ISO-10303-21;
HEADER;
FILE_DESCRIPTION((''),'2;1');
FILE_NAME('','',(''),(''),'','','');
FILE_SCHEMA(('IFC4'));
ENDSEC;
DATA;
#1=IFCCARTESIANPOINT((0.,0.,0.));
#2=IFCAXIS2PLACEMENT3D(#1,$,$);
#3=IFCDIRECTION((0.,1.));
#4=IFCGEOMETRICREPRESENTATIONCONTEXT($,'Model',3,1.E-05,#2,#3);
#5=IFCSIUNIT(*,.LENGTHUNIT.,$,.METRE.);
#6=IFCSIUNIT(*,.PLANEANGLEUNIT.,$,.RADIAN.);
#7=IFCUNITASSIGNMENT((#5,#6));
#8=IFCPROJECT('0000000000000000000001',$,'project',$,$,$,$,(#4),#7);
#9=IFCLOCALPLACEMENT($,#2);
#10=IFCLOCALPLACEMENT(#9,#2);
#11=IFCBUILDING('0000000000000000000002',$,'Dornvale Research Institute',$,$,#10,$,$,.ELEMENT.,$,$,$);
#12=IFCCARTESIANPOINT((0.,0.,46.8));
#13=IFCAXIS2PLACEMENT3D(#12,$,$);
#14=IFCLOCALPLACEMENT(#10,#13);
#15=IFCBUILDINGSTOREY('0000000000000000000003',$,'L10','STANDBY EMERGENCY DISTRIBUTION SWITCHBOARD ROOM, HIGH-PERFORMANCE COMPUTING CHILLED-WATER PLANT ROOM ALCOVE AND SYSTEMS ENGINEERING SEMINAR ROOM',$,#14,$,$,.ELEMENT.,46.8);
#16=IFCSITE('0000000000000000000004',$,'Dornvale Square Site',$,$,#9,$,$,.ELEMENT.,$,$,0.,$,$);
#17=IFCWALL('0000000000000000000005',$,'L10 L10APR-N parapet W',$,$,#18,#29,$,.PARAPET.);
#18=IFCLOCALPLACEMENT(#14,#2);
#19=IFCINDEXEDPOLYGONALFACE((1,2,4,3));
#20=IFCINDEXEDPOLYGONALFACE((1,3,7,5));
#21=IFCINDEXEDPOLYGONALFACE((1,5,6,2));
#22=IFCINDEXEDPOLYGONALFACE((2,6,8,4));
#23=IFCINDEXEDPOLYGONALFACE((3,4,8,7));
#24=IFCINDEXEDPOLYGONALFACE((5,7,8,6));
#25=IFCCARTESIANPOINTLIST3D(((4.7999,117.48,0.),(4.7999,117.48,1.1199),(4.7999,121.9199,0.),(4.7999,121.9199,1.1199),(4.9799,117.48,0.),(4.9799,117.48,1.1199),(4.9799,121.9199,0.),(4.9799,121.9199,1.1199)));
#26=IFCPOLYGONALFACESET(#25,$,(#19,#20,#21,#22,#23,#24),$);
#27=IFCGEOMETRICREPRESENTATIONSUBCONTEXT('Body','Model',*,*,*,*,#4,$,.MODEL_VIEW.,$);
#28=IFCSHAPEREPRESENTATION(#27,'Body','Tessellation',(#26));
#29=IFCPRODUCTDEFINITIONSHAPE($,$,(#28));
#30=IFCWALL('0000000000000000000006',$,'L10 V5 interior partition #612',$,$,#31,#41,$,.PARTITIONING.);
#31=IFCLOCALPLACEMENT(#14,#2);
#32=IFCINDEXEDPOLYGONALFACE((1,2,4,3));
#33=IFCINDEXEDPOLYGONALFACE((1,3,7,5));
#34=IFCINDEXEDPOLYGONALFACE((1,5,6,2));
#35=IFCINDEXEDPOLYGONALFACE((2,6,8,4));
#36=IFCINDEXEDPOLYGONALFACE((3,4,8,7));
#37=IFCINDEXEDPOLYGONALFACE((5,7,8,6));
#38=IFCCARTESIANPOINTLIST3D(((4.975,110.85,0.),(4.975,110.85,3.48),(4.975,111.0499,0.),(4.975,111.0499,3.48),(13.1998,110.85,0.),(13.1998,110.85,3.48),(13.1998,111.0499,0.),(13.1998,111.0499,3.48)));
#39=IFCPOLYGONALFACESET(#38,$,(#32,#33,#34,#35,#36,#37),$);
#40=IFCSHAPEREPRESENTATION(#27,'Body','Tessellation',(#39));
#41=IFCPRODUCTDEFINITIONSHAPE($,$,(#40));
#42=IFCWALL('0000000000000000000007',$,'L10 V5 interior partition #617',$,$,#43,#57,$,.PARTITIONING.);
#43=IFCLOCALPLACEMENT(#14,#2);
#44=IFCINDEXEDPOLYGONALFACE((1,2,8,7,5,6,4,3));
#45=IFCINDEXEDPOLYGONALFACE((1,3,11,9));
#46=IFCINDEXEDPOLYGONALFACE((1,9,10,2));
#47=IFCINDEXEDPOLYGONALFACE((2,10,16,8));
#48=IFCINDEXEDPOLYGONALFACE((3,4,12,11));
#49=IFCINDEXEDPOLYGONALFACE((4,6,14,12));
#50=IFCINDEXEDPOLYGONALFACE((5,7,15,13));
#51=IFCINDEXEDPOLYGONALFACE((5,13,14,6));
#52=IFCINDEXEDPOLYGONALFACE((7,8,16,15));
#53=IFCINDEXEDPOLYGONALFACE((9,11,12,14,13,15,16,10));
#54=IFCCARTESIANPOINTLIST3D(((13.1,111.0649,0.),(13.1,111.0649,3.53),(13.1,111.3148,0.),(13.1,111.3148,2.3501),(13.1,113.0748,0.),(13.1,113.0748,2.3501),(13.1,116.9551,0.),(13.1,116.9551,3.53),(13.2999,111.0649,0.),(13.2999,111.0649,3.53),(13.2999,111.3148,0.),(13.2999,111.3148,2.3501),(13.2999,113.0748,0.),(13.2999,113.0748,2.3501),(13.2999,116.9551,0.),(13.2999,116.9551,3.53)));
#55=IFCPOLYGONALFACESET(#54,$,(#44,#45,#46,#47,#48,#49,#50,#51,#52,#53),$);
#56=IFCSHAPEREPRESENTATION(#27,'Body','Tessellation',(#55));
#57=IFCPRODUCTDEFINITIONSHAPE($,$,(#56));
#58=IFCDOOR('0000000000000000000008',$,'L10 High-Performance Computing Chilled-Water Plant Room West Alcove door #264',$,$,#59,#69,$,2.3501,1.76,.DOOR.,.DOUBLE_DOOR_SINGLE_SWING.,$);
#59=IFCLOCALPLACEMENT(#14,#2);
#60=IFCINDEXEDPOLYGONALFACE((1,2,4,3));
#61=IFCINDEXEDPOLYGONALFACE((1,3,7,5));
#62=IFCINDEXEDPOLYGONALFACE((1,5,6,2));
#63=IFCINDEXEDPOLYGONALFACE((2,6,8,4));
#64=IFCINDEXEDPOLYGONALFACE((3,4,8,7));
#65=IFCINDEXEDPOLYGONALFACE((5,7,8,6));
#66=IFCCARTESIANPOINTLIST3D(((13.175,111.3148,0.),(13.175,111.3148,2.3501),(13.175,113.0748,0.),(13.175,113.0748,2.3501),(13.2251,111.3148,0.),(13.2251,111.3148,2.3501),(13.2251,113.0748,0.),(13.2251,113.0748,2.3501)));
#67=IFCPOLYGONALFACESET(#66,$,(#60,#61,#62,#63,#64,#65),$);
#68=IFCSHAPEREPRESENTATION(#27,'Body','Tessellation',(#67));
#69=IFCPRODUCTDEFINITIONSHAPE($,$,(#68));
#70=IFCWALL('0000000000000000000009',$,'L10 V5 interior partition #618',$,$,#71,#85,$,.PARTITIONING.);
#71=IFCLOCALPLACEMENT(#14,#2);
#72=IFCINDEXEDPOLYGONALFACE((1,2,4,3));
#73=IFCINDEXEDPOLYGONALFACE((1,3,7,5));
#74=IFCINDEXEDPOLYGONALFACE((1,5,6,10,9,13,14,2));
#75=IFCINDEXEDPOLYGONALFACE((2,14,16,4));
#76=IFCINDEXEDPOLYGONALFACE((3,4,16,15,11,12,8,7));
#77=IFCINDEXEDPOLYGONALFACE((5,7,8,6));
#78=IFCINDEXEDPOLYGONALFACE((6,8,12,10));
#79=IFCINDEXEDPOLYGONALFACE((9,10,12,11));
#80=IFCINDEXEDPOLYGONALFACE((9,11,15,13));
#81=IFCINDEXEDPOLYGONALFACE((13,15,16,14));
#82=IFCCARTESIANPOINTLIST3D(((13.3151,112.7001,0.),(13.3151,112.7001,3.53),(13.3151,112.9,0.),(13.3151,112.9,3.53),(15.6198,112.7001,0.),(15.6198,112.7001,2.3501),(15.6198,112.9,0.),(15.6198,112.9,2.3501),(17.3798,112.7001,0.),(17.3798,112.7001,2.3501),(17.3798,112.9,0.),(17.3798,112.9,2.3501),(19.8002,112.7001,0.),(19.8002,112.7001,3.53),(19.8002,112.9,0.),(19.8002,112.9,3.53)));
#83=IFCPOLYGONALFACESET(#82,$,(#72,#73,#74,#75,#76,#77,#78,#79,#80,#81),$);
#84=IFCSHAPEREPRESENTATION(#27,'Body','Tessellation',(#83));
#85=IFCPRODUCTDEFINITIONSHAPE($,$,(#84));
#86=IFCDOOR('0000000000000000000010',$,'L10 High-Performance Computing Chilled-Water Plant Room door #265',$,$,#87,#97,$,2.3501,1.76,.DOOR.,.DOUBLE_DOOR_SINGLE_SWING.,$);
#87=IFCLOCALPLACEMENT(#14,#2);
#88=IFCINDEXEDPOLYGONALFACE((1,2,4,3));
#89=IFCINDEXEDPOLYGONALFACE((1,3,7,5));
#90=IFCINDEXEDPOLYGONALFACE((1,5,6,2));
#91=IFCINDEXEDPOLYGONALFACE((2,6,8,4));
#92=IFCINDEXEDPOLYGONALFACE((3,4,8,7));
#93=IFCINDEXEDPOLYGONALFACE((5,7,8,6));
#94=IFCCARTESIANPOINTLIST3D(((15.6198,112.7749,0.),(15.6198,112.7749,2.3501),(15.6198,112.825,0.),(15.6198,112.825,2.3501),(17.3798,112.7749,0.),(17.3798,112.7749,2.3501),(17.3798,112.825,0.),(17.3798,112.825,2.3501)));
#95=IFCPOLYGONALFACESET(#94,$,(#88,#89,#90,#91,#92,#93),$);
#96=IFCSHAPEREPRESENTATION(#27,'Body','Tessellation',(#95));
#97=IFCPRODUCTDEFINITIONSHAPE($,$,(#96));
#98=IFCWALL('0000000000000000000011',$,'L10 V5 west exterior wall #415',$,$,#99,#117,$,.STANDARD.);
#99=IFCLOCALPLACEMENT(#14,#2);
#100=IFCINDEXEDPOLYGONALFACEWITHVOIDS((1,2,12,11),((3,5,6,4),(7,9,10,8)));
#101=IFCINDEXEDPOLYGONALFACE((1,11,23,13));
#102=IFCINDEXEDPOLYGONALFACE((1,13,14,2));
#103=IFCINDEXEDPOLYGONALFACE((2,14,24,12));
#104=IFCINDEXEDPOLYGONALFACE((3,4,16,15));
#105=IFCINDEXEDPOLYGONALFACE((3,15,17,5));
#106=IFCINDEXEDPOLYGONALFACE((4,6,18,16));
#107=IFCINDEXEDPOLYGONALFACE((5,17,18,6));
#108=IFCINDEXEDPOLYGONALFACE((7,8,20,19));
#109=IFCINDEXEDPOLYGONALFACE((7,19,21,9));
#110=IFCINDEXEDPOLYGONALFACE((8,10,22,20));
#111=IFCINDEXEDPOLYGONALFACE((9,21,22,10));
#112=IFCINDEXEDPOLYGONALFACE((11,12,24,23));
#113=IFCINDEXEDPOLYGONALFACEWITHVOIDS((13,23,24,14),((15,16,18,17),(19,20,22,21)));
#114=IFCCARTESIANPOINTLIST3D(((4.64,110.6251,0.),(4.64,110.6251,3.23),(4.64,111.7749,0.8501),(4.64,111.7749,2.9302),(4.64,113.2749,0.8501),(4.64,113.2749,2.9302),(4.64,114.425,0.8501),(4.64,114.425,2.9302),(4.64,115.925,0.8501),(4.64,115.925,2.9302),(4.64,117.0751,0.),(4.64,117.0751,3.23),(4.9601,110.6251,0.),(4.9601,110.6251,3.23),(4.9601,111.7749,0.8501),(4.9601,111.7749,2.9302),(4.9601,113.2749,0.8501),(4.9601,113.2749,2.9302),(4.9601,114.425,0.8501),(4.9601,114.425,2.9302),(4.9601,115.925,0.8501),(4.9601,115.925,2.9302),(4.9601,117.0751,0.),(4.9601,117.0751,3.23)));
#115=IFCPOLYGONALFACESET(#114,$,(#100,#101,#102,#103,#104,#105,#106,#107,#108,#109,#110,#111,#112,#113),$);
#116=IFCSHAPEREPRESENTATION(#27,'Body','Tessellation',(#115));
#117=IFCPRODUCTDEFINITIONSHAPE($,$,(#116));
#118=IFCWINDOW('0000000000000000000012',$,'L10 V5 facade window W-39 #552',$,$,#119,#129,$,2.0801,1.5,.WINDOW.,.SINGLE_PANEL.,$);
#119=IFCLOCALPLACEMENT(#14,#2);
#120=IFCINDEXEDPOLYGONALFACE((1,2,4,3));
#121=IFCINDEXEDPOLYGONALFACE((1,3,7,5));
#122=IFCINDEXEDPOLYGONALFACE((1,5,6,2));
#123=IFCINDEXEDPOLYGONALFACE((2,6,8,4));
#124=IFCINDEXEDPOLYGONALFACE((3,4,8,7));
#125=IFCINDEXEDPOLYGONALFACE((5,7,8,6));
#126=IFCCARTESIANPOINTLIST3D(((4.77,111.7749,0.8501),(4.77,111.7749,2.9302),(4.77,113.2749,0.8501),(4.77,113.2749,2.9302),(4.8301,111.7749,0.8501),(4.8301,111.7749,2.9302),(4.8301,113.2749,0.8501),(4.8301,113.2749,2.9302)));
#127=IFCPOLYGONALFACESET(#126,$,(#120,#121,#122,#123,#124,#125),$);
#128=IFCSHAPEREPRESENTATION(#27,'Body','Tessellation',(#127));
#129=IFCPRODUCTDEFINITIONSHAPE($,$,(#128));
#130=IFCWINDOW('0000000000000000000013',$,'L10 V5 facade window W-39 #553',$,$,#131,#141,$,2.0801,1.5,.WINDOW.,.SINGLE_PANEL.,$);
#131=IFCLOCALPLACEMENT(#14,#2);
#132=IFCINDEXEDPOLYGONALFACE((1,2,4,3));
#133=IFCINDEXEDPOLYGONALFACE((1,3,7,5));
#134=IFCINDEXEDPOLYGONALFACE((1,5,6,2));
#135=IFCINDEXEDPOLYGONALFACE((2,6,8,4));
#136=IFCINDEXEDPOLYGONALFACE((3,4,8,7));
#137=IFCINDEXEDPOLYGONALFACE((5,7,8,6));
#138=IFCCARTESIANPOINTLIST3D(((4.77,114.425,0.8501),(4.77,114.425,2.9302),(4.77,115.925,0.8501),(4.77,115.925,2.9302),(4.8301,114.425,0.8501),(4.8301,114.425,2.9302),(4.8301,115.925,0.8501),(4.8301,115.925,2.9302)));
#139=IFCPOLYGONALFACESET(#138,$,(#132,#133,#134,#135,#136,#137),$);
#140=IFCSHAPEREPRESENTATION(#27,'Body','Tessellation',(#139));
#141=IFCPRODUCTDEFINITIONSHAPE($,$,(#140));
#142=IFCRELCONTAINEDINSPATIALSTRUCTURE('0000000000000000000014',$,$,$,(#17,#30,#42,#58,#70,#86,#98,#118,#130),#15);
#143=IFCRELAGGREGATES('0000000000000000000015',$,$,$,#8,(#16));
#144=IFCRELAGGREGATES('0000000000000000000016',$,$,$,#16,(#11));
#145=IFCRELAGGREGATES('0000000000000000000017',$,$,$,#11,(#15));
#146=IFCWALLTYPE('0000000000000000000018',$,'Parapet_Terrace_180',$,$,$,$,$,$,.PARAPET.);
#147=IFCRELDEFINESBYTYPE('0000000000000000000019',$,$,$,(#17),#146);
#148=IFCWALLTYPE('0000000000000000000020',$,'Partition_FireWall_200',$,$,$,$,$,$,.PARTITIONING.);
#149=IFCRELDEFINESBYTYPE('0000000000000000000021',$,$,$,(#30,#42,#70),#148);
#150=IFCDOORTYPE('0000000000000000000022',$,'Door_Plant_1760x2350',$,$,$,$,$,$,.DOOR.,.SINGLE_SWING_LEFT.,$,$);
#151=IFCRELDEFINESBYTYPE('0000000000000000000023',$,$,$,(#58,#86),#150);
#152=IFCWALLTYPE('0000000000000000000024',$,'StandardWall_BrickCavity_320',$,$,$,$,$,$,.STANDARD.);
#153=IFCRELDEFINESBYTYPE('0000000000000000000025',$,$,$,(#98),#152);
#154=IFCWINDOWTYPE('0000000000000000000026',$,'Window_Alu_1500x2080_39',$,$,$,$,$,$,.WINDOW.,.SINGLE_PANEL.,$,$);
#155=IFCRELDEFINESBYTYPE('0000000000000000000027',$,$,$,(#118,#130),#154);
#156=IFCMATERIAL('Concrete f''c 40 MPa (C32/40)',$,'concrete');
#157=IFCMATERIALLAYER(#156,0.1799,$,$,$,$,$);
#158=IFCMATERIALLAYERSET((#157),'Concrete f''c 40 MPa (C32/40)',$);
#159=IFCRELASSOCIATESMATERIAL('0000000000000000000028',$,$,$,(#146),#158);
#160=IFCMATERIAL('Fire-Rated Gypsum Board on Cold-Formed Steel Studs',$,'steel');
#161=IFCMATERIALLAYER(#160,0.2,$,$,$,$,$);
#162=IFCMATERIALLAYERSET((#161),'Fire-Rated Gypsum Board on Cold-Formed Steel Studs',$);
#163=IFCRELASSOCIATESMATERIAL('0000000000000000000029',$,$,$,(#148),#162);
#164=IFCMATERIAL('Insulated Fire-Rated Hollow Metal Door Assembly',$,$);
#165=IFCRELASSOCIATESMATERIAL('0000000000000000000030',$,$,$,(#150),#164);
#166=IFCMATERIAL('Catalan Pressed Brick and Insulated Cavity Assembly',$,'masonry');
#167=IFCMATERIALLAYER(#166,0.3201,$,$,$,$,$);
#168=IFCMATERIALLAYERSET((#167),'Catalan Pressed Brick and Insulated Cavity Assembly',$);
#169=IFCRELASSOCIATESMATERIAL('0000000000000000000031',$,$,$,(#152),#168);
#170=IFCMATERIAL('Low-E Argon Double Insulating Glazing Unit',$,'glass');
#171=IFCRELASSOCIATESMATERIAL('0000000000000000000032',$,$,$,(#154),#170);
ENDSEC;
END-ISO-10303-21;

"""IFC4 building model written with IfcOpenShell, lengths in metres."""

from ifc_helpers import new_model, si_unit, direction, frame, frame_2d, origin, place, context, subcontext, project, spatial, rectangle, extrude, material, layer, layer_set, type_object, element, fill, save


model = new_model("IFC4")

# Units and contexts
model_context = context("Model", 3, precision=1e-05, world=origin(), true_north=direction((0.0, 1.0)))
body_context = subcontext(model_context, "Body", "Model", "MODEL_VIEW")
ifc_project = project(units=[si_unit("LENGTHUNIT", "METRE"), si_unit("PLANEANGLEUNIT", "RADIAN")], contexts=[model_context])

# Site, building, storey
site_placement = place(None, origin())
site = spatial("IfcSite", under=ifc_project, at=site_placement, Name="Dornvale Square Site", CompositionType="ELEMENT", RefElevation=0.0)
building_placement = place(site_placement, origin())
building = spatial("IfcBuilding", under=site, at=building_placement, Name="Dornvale Research Institute", CompositionType="ELEMENT")
storey_placement = place(building_placement, frame((0.0, 0.0, 46.8)))
storey = spatial("IfcBuildingStorey", under=building, at=storey_placement, Name="L10", Description="STANDBY EMERGENCY DISTRIBUTION SWITCHBOARD ROOM, HIGH-PERFORMANCE COMPUTING CHILLED-WATER PLANT ROOM ALCOVE AND SYSTEMS ENGINEERING SEMINAR ROOM", CompositionType="ELEMENT", Elevation=46.8)

# Walls
ifc_material_1 = material(Name="Concrete f'c 40 MPa (C32/40)", Category="concrete")
ifc_layer_1 = layer(ifc_material_1, 0.1799)
ifc_layer_set_1 = layer_set([ifc_layer_1], Name="Concrete f'c 40 MPa (C32/40)")
wall_type_1 = type_object("IfcWallType", Name="Parapet_Terrace_180", PredefinedType="PARAPET", material=ifc_layer_set_1)
wall_1_placement = place(storey_placement, frame((4.8899, 117.48, 0.0), z_axis=(0.0, 0.0, 1.0), x_axis=(0.0, 1.0, 0.0)))
element("IfcWall", 1, at=wall_1_placement, inside=storey, type_object=wall_type_1, Name="L10 L10APR-N parapet W", PredefinedType="PARAPET", context=body_context, shape_type="SweptSolid", body=[
    extrude(rectangle(XDim=4.4399, YDim=0.1799, at=frame_2d((2.22, 0.0))), origin(), (0.0, 0.0, 1.0), 1.1199),
])
ifc_material_2 = material(Name="Fire-Rated Gypsum Board on Cold-Formed Steel Studs", Category="steel")
ifc_layer_2 = layer(ifc_material_2, 0.2)
ifc_layer_set_2 = layer_set([ifc_layer_2], Name="Fire-Rated Gypsum Board on Cold-Formed Steel Studs")
wall_type_2 = type_object("IfcWallType", Name="Partition_FireWall_200", PredefinedType="PARTITIONING", material=ifc_layer_set_2)
wall_2_placement = place(storey_placement, frame((4.9751, 110.95, 0.0), z_axis=(0.0, 0.0, 1.0), x_axis=(1.0, 0.0, 0.0)))
element("IfcWall", 2, at=wall_2_placement, inside=storey, type_object=wall_type_2, Name="L10 V5 interior partition #612", PredefinedType="PARTITIONING", context=body_context, shape_type="SweptSolid", body=[
    extrude(rectangle(XDim=8.2249, YDim=0.2, at=frame_2d((4.1123, 0.0))), origin(), (0.0, 0.0, 1.0), 3.48),
])

# Walls, openings, doors
wall_3_placement = place(storey_placement, frame((13.2, 111.0649, 0.0), z_axis=(0.0, 0.0, 1.0), x_axis=(0.0, 1.0, 0.0)))
wall_3 = element("IfcWall", 3, at=wall_3_placement, inside=storey, type_object=wall_type_2, Name="L10 V5 interior partition #617", PredefinedType="PARTITIONING", context=body_context, shape_type="SweptSolid", body=[
    extrude(rectangle(XDim=5.8901, YDim=0.2, at=frame_2d((2.9451, 0.0))), origin(), (0.0, 0.0, 1.0), 3.53),
])
opening_1_placement = place(wall_3_placement, frame((0.25, 0.0, 0.0)))
opening_1 = element("IfcOpeningElement", 4, at=opening_1_placement, cuts=wall_3, PredefinedType="OPENING", context=body_context, shape_type="SweptSolid", body=[
    extrude(rectangle(XDim=1.76, YDim=2.3501, at=frame_2d((0.8799, 1.175))), frame((0.0, 0.115, 0.0), z_axis=(0.0, -1.0, 0.0), x_axis=(1.0, 0.0, 0.0)), (0.0, 0.0, 1.0), 0.23),
])
ifc_material_3 = material(Name="Insulated Fire-Rated Hollow Metal Door Assembly")
door_type = type_object("IfcDoorType", Name="Door_Plant_1760x2350", OperationType="SINGLE_SWING_LEFT", PredefinedType="DOOR", material=ifc_material_3)
door_1_placement = place(opening_1_placement, origin())
door_1 = element("IfcDoor", 5, at=door_1_placement, inside=storey, type_object=door_type, Name="L10 High-Performance Computing Chilled-Water Plant Room West Alcove door #264", OperationType="DOUBLE_DOOR_SINGLE_SWING", OverallHeight=2.3501, OverallWidth=1.76, PredefinedType="DOOR", context=body_context, shape_type="SweptSolid", body=[
    extrude(rectangle(XDim=1.76, YDim=2.3501, at=frame_2d((0.8799, 1.175))), frame((0.0, 0.0249, 0.0), z_axis=(0.0, -1.0, 0.0), x_axis=(1.0, 0.0, 0.0)), (0.0, 0.0, 1.0), 0.05),
])
fill(opening_1, door_1)
wall_4_placement = place(storey_placement, frame((13.3149, 112.8, 0.0), z_axis=(0.0, 0.0, 1.0), x_axis=(1.0, 0.0, 0.0)))
wall_4 = element("IfcWall", 6, at=wall_4_placement, inside=storey, type_object=wall_type_2, Name="L10 V5 interior partition #618", PredefinedType="PARTITIONING", context=body_context, shape_type="SweptSolid", body=[
    extrude(rectangle(XDim=6.4851, YDim=0.2, at=frame_2d((3.2427, 0.0))), origin(), (0.0, 0.0, 1.0), 3.53),
])
opening_2_placement = place(wall_4_placement, frame((2.3049, 0.0, 0.0)))
opening_2 = element("IfcOpeningElement", 7, at=opening_2_placement, cuts=wall_4, PredefinedType="OPENING", context=body_context, shape_type="SweptSolid", body=[
    extrude(rectangle(XDim=1.76, YDim=2.3501, at=frame_2d((0.8799, 1.175))), frame((0.0, 0.115, 0.0), z_axis=(0.0, -1.0, 0.0), x_axis=(1.0, 0.0, 0.0)), (0.0, 0.0, 1.0), 0.23),
])
door_2_placement = place(opening_2_placement, origin())
door_2 = element("IfcDoor", 8, at=door_2_placement, inside=storey, type_object=door_type, Name="L10 High-Performance Computing Chilled-Water Plant Room door #265", OperationType="DOUBLE_DOOR_SINGLE_SWING", OverallHeight=2.3501, OverallWidth=1.76, PredefinedType="DOOR", context=body_context, shape_type="SweptSolid", body=[
    extrude(rectangle(XDim=1.76, YDim=2.3501, at=frame_2d((0.8799, 1.175))), frame((0.0, 0.0249, 0.0), z_axis=(0.0, -1.0, 0.0), x_axis=(1.0, 0.0, 0.0)), (0.0, 0.0, 1.0), 0.05),
])
fill(opening_2, door_2)

# Wall, openings, windows
ifc_material_4 = material(Name="Catalan Pressed Brick and Insulated Cavity Assembly", Category="masonry")
ifc_layer_3 = layer(ifc_material_4, 0.3201)
ifc_layer_set_3 = layer_set([ifc_layer_3], Name="Catalan Pressed Brick and Insulated Cavity Assembly")
wall_type_3 = type_object("IfcWallType", Name="StandardWall_BrickCavity_320", PredefinedType="STANDARD", material=ifc_layer_set_3)
wall_5_placement = place(storey_placement, frame((4.8, 110.625, 0.0), z_axis=(0.0, 0.0, 1.0), x_axis=(0.0, 1.0, 0.0)))
wall_5 = element("IfcWall", 9, at=wall_5_placement, inside=storey, type_object=wall_type_3, Name="L10 V5 west exterior wall #415", PredefinedType="STANDARD", context=body_context, shape_type="SweptSolid", body=[
    extrude(rectangle(XDim=6.45, YDim=0.3201, at=frame_2d((3.2251, 0.0))), origin(), (0.0, 0.0, 1.0), 3.23),
])
opening_3_placement = place(wall_5_placement, frame((1.1499, 0.0, 0.8501)))
opening_3 = element("IfcOpeningElement", 10, at=opening_3_placement, cuts=wall_5, PredefinedType="OPENING", context=body_context, shape_type="SweptSolid", body=[
    extrude(rectangle(XDim=1.5, YDim=2.0801, at=frame_2d((0.75, 1.04))), frame((0.0, 0.175, 0.0), z_axis=(0.0, -1.0, 0.0), x_axis=(1.0, 0.0, 0.0)), (0.0, 0.0, 1.0), 0.3501),
])
opening_4_placement = place(wall_5_placement, frame((3.8, 0.0, 0.8501)))
opening_4 = element("IfcOpeningElement", 11, at=opening_4_placement, cuts=wall_5, PredefinedType="OPENING", context=body_context, shape_type="SweptSolid", body=[
    extrude(rectangle(XDim=1.5, YDim=2.0801, at=frame_2d((0.75, 1.04))), frame((0.0, 0.175, 0.0), z_axis=(0.0, -1.0, 0.0), x_axis=(1.0, 0.0, 0.0)), (0.0, 0.0, 1.0), 0.3501),
])
ifc_material_5 = material(Name="Low-E Argon Double Insulating Glazing Unit", Category="glass")
window_type_1 = type_object("IfcWindowType", Name="Window_Alu_1500x2080_39", PartitioningType="SINGLE_PANEL", PredefinedType="WINDOW", material=ifc_material_5)
window_1_placement = place(opening_3_placement, origin())
window_1 = element("IfcWindow", 12, at=window_1_placement, inside=storey, type_object=window_type_1, Name="L10 V5 facade window W-39 #552", OverallHeight=2.0801, OverallWidth=1.5, PartitioningType="SINGLE_PANEL", PredefinedType="WINDOW", context=body_context, shape_type="SweptSolid", body=[
    extrude(rectangle(XDim=1.5, YDim=2.0801, at=frame_2d((0.75, 1.04))), frame((0.0, 0.03, 0.0), z_axis=(0.0, -1.0, 0.0), x_axis=(1.0, 0.0, 0.0)), (0.0, 0.0, 1.0), 0.0601),
])
fill(opening_3, window_1)
window_2_placement = place(opening_4_placement, origin())
window_2 = element("IfcWindow", 13, at=window_2_placement, inside=storey, type_object=window_type_1, Name="L10 V5 facade window W-39 #553", OverallHeight=2.0801, OverallWidth=1.5, PartitioningType="SINGLE_PANEL", PredefinedType="WINDOW", context=body_context, shape_type="SweptSolid", body=[
    extrude(rectangle(XDim=1.5, YDim=2.0801, at=frame_2d((0.75, 1.04))), frame((0.0, 0.03, 0.0), z_axis=(0.0, -1.0, 0.0), x_axis=(1.0, 0.0, 0.0)), (0.0, 0.0, 1.0), 0.0601),
])
fill(opening_4, window_2)

save(model, "model.ifc")
